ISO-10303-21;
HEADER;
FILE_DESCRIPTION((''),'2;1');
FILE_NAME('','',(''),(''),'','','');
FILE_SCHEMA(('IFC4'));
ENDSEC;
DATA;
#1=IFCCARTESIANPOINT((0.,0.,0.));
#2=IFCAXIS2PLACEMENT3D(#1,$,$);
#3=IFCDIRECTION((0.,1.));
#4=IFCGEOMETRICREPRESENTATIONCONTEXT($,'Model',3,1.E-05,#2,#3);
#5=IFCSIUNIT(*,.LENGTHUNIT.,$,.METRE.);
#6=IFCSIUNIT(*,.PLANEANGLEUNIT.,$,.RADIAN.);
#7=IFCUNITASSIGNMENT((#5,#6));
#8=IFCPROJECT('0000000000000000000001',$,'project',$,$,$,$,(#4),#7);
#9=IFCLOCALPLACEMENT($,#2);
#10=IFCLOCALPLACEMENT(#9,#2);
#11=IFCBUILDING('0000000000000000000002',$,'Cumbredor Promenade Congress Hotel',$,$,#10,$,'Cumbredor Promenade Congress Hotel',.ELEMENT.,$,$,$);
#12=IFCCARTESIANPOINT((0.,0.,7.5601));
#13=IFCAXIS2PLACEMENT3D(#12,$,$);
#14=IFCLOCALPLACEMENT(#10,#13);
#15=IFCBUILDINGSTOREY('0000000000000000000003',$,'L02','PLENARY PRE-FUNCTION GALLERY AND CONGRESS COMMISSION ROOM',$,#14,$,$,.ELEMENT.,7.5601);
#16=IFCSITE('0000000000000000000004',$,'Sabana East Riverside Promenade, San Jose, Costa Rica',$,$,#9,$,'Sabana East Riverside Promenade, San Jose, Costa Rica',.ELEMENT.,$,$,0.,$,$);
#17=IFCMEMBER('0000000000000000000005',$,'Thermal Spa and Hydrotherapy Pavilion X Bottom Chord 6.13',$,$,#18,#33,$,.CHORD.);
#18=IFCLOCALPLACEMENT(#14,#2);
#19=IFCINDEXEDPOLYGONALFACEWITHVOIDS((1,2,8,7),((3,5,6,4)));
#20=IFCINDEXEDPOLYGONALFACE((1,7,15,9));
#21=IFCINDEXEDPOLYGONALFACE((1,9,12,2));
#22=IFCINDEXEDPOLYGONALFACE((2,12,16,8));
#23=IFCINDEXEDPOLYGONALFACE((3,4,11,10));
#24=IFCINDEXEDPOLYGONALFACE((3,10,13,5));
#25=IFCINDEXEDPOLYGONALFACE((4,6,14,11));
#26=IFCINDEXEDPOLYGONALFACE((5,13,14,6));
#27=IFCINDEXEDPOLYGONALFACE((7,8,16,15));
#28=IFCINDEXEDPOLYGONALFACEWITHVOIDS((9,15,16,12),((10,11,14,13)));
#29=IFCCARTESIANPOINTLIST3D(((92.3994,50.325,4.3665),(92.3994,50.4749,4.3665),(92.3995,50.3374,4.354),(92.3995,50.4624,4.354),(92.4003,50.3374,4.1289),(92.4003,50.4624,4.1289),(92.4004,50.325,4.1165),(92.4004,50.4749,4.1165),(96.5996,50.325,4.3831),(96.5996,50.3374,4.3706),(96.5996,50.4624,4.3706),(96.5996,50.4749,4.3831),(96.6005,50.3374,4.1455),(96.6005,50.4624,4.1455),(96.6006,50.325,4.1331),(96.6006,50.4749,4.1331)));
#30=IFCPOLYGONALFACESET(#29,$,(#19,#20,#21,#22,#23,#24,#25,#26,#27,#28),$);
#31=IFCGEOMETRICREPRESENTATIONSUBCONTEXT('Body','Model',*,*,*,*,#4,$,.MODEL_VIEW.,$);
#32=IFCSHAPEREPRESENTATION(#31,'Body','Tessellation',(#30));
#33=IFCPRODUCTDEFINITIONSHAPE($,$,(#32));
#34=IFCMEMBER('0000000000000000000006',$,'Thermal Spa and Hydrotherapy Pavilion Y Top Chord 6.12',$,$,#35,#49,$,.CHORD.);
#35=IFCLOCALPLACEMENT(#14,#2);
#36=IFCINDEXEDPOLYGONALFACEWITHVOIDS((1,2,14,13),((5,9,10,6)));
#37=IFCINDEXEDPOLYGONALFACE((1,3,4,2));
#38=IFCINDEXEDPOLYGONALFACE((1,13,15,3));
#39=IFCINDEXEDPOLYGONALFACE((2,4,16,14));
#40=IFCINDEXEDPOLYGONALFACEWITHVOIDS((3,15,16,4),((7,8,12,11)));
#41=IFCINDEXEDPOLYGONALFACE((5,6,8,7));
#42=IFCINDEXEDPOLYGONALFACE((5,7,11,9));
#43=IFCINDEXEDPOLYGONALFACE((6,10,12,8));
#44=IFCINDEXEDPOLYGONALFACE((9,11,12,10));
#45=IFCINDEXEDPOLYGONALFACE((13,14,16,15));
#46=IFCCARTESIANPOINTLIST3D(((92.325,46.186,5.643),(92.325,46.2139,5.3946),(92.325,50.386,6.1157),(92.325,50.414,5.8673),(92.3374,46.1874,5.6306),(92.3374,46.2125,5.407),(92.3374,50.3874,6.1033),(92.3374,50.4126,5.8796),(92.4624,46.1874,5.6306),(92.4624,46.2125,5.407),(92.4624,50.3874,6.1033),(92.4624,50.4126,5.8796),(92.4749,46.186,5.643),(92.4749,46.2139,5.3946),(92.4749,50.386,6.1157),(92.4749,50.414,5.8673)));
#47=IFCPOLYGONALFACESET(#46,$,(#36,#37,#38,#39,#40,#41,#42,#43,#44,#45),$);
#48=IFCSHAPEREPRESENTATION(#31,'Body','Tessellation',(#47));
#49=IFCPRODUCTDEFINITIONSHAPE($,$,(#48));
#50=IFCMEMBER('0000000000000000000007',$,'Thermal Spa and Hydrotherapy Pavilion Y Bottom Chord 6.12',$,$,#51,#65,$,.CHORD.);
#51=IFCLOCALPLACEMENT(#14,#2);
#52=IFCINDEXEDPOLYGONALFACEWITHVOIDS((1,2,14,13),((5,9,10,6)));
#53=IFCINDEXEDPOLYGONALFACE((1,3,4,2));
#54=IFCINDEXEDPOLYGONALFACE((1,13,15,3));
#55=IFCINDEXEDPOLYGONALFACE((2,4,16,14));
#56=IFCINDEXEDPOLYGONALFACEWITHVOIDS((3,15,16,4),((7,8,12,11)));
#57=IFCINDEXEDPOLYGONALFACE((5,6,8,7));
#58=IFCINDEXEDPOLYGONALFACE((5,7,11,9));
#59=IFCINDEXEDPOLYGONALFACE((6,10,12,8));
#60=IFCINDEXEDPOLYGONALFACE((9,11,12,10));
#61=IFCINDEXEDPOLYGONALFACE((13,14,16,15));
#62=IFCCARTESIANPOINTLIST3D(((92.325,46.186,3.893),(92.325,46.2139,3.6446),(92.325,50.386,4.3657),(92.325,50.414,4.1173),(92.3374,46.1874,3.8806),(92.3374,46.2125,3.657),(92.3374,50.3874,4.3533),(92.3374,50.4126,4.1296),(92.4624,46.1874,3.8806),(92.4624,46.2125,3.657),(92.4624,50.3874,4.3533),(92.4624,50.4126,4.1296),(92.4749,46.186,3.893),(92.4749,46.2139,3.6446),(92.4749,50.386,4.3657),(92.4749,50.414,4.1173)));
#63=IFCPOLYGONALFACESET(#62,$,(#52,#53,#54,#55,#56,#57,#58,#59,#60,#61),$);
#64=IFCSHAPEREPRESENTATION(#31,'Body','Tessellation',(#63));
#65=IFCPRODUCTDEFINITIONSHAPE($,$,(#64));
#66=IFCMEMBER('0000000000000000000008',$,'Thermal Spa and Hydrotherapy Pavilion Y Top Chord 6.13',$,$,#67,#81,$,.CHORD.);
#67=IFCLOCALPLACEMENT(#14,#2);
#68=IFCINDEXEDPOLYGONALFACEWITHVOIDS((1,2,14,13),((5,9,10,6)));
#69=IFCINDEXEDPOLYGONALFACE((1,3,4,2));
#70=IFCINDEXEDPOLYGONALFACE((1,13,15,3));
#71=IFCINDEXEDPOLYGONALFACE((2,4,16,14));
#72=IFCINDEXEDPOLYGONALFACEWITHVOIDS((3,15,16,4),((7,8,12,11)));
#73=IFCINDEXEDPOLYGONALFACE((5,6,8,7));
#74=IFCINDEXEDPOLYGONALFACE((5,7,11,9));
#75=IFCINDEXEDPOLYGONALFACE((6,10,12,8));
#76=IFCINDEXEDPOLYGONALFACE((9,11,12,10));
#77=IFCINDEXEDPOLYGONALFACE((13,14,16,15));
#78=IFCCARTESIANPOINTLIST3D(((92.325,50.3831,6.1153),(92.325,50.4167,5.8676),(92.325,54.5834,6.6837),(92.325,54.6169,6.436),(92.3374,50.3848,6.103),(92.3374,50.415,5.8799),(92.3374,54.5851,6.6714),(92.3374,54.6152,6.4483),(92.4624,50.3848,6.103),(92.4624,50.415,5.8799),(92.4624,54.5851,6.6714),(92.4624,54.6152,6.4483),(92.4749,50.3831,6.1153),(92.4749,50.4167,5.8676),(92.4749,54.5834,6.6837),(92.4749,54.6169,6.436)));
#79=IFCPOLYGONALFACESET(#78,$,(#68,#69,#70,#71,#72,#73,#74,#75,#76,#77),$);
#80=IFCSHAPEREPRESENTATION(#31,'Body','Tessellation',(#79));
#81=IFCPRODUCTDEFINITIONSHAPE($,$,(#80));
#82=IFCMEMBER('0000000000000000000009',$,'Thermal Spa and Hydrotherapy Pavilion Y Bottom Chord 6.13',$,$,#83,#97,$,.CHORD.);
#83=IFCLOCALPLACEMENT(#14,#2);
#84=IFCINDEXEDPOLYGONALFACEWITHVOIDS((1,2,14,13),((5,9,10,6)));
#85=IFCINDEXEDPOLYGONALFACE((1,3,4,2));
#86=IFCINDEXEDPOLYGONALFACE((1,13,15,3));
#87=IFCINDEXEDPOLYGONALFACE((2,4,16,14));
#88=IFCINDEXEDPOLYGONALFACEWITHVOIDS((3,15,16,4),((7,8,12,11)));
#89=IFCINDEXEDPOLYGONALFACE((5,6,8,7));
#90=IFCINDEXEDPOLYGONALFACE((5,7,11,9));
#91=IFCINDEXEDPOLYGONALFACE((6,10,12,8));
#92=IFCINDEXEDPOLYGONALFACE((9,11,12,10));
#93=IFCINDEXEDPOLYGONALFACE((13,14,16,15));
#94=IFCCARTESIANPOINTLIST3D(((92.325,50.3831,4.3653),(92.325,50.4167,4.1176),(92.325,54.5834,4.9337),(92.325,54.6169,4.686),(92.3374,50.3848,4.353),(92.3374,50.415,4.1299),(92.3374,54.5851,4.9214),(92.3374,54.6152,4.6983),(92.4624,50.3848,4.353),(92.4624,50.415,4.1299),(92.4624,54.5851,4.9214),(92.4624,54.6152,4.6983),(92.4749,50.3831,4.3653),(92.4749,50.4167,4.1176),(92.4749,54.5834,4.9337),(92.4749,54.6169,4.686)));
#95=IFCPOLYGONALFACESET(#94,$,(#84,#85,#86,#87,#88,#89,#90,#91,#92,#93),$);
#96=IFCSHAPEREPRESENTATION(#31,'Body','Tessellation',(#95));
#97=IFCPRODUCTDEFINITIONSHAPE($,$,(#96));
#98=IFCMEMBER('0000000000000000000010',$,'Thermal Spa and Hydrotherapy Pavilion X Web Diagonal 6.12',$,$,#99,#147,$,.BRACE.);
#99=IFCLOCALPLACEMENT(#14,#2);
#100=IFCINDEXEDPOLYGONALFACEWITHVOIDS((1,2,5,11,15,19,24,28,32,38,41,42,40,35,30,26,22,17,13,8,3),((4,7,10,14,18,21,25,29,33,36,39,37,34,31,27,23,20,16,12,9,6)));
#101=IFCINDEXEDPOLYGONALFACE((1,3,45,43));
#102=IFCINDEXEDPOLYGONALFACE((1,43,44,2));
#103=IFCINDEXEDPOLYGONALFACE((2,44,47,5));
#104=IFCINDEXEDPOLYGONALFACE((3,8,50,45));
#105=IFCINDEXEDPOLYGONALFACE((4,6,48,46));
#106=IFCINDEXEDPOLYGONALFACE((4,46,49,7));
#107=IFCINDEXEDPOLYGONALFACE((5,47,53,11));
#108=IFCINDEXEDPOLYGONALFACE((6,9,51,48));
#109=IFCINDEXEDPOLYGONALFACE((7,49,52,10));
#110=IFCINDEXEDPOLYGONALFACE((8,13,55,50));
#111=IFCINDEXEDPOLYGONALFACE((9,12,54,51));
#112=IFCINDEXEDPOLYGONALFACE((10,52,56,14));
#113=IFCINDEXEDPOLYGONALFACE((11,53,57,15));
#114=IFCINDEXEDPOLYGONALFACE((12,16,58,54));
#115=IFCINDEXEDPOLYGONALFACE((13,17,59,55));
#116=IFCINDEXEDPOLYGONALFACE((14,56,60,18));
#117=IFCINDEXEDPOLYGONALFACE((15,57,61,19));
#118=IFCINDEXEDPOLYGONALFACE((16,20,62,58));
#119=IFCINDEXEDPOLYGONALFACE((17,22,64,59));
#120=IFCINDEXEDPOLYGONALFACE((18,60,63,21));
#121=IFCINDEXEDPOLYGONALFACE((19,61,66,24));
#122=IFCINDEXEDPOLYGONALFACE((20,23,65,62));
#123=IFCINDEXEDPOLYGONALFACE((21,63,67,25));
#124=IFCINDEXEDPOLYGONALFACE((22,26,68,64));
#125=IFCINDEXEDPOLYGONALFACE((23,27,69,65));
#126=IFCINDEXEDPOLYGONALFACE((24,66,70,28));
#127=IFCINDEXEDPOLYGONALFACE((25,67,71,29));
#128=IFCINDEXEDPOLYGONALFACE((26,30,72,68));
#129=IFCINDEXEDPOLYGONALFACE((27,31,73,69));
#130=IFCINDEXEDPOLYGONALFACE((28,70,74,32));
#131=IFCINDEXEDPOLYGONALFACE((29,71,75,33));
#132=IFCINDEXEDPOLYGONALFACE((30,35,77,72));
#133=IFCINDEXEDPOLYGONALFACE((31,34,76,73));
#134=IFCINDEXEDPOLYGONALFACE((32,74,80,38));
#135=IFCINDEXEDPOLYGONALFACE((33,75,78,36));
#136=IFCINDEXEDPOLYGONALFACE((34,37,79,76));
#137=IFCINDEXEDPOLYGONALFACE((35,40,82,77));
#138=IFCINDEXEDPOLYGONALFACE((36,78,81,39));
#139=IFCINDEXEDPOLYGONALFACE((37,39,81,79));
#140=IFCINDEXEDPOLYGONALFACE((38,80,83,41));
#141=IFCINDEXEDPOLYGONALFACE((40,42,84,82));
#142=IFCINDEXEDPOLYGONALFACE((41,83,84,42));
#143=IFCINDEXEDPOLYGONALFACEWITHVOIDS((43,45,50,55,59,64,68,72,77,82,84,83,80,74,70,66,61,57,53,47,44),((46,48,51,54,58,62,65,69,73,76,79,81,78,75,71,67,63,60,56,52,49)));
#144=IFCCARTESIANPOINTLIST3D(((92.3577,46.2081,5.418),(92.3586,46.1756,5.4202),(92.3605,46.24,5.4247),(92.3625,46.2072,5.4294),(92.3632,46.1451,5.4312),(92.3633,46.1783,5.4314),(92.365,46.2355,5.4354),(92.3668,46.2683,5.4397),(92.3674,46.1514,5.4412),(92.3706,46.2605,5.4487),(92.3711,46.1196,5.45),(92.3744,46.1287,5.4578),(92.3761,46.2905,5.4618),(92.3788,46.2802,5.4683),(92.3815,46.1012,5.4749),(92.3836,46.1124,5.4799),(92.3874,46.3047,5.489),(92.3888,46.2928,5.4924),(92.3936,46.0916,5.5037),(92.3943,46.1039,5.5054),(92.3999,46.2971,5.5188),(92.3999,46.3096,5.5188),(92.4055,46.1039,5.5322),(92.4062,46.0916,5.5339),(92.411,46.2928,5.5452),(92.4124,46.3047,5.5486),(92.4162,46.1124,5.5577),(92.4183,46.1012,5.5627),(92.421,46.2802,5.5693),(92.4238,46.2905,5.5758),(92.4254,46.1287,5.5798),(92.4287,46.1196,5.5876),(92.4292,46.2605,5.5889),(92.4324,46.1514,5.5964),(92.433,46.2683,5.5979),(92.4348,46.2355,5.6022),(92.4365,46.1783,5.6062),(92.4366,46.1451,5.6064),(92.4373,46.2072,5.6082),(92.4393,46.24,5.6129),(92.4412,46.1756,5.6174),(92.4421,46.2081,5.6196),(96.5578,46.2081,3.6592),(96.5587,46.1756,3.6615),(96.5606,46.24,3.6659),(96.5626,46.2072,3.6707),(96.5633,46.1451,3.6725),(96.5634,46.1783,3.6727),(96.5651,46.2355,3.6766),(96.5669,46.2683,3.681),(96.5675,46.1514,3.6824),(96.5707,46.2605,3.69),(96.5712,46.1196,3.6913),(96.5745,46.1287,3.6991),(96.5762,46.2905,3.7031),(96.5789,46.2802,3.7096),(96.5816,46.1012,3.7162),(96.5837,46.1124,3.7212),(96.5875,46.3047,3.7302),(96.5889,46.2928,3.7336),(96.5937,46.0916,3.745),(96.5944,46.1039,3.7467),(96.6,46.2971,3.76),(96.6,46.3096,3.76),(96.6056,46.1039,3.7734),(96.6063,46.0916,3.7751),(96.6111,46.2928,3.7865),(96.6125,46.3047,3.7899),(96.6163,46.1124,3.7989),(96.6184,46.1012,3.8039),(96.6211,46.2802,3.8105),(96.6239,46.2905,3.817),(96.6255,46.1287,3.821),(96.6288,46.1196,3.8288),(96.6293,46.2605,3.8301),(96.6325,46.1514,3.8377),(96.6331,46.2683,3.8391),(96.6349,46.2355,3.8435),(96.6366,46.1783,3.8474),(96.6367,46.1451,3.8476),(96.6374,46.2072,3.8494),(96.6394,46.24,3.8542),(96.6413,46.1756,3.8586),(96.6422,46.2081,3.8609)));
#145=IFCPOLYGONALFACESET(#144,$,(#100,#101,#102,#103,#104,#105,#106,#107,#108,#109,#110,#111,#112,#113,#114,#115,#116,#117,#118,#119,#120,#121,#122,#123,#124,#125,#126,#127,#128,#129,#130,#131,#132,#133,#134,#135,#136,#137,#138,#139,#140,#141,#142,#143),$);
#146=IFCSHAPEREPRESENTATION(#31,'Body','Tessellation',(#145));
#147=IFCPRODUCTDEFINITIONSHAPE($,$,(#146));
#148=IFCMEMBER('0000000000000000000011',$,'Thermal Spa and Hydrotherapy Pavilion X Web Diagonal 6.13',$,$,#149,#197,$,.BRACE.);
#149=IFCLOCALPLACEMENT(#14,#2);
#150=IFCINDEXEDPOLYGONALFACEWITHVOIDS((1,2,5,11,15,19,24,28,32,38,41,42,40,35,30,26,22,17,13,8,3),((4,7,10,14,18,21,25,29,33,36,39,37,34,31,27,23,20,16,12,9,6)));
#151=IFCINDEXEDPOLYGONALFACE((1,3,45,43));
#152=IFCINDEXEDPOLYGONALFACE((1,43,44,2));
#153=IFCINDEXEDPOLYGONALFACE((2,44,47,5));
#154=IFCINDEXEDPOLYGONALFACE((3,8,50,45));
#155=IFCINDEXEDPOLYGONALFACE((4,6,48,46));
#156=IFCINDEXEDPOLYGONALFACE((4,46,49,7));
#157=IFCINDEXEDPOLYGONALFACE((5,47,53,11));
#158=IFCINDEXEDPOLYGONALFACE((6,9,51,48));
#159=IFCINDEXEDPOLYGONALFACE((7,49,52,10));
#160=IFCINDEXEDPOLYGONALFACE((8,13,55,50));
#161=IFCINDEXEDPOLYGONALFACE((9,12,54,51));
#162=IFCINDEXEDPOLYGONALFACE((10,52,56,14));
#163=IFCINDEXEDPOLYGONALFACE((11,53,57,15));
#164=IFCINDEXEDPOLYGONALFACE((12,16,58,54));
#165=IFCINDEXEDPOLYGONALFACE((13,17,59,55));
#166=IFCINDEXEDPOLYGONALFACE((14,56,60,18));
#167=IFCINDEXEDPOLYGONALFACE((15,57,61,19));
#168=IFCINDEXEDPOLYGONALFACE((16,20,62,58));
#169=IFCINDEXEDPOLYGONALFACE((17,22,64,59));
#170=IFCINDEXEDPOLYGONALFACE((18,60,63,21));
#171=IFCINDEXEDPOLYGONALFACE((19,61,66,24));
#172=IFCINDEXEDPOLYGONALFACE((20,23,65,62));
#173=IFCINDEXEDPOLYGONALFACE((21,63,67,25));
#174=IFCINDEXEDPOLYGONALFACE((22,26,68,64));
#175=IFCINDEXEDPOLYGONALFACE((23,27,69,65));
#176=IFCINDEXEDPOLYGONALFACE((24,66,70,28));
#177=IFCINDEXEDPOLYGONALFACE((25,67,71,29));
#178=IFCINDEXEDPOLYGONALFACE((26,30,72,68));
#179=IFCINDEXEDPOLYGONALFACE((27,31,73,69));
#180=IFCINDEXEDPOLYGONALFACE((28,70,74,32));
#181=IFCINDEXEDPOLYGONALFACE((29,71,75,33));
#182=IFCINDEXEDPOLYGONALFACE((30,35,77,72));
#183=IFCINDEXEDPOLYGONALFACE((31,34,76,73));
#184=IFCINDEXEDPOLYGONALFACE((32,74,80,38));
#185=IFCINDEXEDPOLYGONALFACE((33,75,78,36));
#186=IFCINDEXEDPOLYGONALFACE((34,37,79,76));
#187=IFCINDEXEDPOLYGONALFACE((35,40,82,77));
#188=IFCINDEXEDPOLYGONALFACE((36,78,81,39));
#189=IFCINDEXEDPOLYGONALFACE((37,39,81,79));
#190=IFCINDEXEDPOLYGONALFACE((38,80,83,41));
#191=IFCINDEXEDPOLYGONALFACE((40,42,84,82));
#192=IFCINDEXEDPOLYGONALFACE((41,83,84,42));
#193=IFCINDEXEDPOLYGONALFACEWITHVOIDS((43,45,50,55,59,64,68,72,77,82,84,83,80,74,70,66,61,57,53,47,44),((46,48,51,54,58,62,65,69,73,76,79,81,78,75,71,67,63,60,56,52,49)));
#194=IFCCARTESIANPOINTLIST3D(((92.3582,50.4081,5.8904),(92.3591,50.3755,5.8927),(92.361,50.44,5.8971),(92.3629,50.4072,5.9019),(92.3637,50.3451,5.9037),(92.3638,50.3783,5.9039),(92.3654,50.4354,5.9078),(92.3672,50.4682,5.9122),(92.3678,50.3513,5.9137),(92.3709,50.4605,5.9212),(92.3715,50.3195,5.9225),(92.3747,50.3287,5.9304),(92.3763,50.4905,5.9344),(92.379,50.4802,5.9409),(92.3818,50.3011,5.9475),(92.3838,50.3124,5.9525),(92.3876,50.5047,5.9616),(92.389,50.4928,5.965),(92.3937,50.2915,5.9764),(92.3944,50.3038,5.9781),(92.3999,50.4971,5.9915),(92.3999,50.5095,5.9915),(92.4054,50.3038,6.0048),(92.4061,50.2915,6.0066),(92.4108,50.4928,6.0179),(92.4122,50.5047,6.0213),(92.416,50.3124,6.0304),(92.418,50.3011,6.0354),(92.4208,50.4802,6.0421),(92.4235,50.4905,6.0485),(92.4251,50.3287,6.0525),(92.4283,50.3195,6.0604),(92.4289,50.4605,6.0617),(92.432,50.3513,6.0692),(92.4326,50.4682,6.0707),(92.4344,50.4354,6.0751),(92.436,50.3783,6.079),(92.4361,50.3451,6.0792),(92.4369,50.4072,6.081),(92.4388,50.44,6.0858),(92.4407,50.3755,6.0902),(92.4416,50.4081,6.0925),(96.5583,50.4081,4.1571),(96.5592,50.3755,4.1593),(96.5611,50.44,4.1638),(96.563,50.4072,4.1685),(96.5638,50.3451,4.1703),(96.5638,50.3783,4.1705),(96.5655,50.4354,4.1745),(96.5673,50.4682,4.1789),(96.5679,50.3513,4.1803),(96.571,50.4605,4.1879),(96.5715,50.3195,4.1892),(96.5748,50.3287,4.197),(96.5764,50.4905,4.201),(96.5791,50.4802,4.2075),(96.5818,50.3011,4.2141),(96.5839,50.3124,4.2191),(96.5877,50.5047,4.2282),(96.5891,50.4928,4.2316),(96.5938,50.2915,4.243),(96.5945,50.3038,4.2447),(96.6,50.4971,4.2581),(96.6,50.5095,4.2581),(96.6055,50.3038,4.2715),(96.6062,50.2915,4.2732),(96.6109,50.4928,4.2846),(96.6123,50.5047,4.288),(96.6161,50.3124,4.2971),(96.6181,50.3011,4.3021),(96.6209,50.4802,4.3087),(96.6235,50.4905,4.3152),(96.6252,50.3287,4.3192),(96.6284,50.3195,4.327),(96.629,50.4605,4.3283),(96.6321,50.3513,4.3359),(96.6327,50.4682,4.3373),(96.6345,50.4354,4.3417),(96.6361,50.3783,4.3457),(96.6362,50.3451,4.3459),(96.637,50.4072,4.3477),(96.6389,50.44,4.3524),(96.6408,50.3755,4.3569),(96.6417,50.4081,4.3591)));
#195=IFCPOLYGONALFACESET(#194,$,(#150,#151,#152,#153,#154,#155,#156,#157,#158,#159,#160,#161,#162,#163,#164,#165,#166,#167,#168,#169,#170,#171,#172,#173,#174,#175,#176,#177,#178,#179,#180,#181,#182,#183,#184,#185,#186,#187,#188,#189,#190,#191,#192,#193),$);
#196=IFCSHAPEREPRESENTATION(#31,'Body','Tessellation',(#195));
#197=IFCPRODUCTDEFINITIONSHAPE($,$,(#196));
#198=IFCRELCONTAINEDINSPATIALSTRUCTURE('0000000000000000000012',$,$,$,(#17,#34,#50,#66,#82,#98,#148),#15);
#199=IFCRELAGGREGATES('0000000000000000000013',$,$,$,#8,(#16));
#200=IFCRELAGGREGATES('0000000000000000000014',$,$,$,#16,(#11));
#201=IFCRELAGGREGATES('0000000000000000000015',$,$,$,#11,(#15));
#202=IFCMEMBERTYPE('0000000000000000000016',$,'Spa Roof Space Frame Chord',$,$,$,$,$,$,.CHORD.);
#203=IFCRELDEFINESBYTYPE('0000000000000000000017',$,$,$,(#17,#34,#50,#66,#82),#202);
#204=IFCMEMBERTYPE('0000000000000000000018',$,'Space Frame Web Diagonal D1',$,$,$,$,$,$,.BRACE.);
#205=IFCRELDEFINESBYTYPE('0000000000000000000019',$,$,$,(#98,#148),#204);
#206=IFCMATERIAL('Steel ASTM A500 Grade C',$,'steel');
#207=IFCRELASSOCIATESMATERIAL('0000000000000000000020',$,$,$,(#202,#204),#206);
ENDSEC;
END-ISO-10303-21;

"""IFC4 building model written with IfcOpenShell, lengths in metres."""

from ifc_helpers import new_model, si_unit, direction, frame, origin, origin_2d, place, context, subcontext, project, spatial, hollow_rectangle, hollow_circle, extrude, material, material_profile, profile_set, type_object, element, save


model = new_model("IFC4")

# Units and contexts
model_context = context("Model", 3, precision=1e-05, world=origin(), true_north=direction((0.0, 1.0)))
body_context = subcontext(model_context, "Body", "Model", "MODEL_VIEW")
ifc_project = project(units=[si_unit("LENGTHUNIT", "METRE"), si_unit("PLANEANGLEUNIT", "RADIAN")], contexts=[model_context])

# Site, building, storey
site_placement = place(None, origin())
site = spatial("IfcSite", under=ifc_project, at=site_placement, Name="Sabana East Riverside Promenade, San Jose, Costa Rica", LongName="Sabana East Riverside Promenade, San Jose, Costa Rica", CompositionType="ELEMENT", RefElevation=0.0)
building_placement = place(site_placement, origin())
building = spatial("IfcBuilding", under=site, at=building_placement, Name="Cumbredor Promenade Congress Hotel", LongName="Cumbredor Promenade Congress Hotel", CompositionType="ELEMENT")
storey_placement = place(building_placement, frame((0.0, 0.0, 7.5601)))
storey = spatial("IfcBuildingStorey", under=building, at=storey_placement, Name="L02", Description="PLENARY PRE-FUNCTION GALLERY AND CONGRESS COMMISSION ROOM", CompositionType="ELEMENT", Elevation=7.5601)

# Members
ifc_material_1 = material(Name="Steel ASTM A500 Grade C", Category="steel")
ifc_material_profile_1 = material_profile(ifc_material_1, hollow_rectangle(XDim=0.1499, YDim=0.25, WallThickness=0.0125, at=origin_2d()), Name="HSS 250x150x12.5")
ifc_profile_set_1 = profile_set([ifc_material_profile_1], Name="Steel ASTM A500 Grade C")
member_type_1 = type_object("IfcMemberType", Name="Spa Roof Space Frame Chord", PredefinedType="CHORD", material=ifc_profile_set_1)
for number, where, z_axis, x_axis, name in (
    (1, (92.3999, 50.3999, 4.2415), (0.999992, 0.0, 0.003953), (0.0, 1.0, 0.0), "Thermal Spa and Hydrotherapy Pavilion X Bottom Chord 6.13"),
):
    element("IfcMember", number, at=place(storey_placement, frame(where, z_axis=z_axis, x_axis=x_axis)), inside=storey, type_object=member_type_1, Name=name, PredefinedType="CHORD", context=body_context, shape_type="SweptSolid", body=[
        extrude(hollow_rectangle(XDim=0.1499, YDim=0.25, WallThickness=0.0125, at=origin_2d()), origin(), (0.0, 0.0, 1.0), 4.2002),
    ])
for number, where, z_axis, x_axis, name in (
    (2, (92.3999, 46.2, 5.5188), (0.0, 0.993727, 0.111833), (-1.0, 0.0, 0.0), "Thermal Spa and Hydrotherapy Pavilion Y Top Chord 6.12"),
    (3, (92.3999, 46.2, 3.7688), (0.0, 0.993727, 0.111833), (-1.0, 0.0, 0.0), "Thermal Spa and Hydrotherapy Pavilion Y Bottom Chord 6.12"),
):
    element("IfcMember", number, at=place(storey_placement, frame(where, z_axis=z_axis, x_axis=x_axis)), inside=storey, type_object=member_type_1, Name=name, PredefinedType="CHORD", context=body_context, shape_type="SweptSolid", body=[
        extrude(hollow_rectangle(XDim=0.1499, YDim=0.25, WallThickness=0.0125, at=origin_2d()), origin(), (0.0, 0.0, 1.0), 4.2266),
    ])
for number, where, z_axis, x_axis, name in (
    (4, (92.3999, 50.3999, 5.9915), (0.0, 0.990968, 0.134095), (-1.0, 0.0, 0.0), "Thermal Spa and Hydrotherapy Pavilion Y Top Chord 6.13"),
    (5, (92.3999, 50.3999, 4.2415), (0.0, 0.990968, 0.134095), (-1.0, 0.0, 0.0), "Thermal Spa and Hydrotherapy Pavilion Y Bottom Chord 6.13"),
):
    element("IfcMember", number, at=place(storey_placement, frame(where, z_axis=z_axis, x_axis=x_axis)), inside=storey, type_object=member_type_1, Name=name, PredefinedType="CHORD", context=body_context, shape_type="SweptSolid", body=[
        extrude(hollow_rectangle(XDim=0.1499, YDim=0.25, WallThickness=0.0125, at=origin_2d()), origin(), (0.0, 0.0, 1.0), 4.2385),
    ])
ifc_material_profile_2 = material_profile(ifc_material_1, hollow_circle(Radius=0.1096, WallThickness=0.0125, at=origin_2d()), Name="CHS 219.1x12.5")
ifc_profile_set_2 = profile_set([ifc_material_profile_2], Name="Steel ASTM A500 Grade C")
member_type_2 = type_object("IfcMemberType", Name="Space Frame Web Diagonal D1", PredefinedType="BRACE", material=ifc_profile_set_2)
member_1_placement = place(storey_placement, frame((92.3999, 46.2, 5.5188), z_axis=(0.922397, 0.0, -0.386244), x_axis=(0.0, 1.0, 0.0)))
element("IfcMember", 6, at=member_1_placement, inside=storey, type_object=member_type_2, Name="Thermal Spa and Hydrotherapy Pavilion X Web Diagonal 6.12", PredefinedType="BRACE", context=body_context, shape_type="SweptSolid", body=[
    extrude(hollow_circle(Radius=0.1096, WallThickness=0.0125, at=origin_2d()), origin(), (0.0, 0.0, 1.0), 4.5535),
])
member_2_placement = place(storey_placement, frame((92.3999, 50.3999, 5.9915), z_axis=(0.924375, 0.0, -0.381485), x_axis=(0.0, 1.0, 0.0)))
element("IfcMember", 7, at=member_2_placement, inside=storey, type_object=member_type_2, Name="Thermal Spa and Hydrotherapy Pavilion X Web Diagonal 6.13", PredefinedType="BRACE", context=body_context, shape_type="SweptSolid", body=[
    extrude(hollow_circle(Radius=0.1096, WallThickness=0.0125, at=origin_2d()), origin(), (0.0, 0.0, 1.0), 4.5437),
])

save(model, "model.ifc")
